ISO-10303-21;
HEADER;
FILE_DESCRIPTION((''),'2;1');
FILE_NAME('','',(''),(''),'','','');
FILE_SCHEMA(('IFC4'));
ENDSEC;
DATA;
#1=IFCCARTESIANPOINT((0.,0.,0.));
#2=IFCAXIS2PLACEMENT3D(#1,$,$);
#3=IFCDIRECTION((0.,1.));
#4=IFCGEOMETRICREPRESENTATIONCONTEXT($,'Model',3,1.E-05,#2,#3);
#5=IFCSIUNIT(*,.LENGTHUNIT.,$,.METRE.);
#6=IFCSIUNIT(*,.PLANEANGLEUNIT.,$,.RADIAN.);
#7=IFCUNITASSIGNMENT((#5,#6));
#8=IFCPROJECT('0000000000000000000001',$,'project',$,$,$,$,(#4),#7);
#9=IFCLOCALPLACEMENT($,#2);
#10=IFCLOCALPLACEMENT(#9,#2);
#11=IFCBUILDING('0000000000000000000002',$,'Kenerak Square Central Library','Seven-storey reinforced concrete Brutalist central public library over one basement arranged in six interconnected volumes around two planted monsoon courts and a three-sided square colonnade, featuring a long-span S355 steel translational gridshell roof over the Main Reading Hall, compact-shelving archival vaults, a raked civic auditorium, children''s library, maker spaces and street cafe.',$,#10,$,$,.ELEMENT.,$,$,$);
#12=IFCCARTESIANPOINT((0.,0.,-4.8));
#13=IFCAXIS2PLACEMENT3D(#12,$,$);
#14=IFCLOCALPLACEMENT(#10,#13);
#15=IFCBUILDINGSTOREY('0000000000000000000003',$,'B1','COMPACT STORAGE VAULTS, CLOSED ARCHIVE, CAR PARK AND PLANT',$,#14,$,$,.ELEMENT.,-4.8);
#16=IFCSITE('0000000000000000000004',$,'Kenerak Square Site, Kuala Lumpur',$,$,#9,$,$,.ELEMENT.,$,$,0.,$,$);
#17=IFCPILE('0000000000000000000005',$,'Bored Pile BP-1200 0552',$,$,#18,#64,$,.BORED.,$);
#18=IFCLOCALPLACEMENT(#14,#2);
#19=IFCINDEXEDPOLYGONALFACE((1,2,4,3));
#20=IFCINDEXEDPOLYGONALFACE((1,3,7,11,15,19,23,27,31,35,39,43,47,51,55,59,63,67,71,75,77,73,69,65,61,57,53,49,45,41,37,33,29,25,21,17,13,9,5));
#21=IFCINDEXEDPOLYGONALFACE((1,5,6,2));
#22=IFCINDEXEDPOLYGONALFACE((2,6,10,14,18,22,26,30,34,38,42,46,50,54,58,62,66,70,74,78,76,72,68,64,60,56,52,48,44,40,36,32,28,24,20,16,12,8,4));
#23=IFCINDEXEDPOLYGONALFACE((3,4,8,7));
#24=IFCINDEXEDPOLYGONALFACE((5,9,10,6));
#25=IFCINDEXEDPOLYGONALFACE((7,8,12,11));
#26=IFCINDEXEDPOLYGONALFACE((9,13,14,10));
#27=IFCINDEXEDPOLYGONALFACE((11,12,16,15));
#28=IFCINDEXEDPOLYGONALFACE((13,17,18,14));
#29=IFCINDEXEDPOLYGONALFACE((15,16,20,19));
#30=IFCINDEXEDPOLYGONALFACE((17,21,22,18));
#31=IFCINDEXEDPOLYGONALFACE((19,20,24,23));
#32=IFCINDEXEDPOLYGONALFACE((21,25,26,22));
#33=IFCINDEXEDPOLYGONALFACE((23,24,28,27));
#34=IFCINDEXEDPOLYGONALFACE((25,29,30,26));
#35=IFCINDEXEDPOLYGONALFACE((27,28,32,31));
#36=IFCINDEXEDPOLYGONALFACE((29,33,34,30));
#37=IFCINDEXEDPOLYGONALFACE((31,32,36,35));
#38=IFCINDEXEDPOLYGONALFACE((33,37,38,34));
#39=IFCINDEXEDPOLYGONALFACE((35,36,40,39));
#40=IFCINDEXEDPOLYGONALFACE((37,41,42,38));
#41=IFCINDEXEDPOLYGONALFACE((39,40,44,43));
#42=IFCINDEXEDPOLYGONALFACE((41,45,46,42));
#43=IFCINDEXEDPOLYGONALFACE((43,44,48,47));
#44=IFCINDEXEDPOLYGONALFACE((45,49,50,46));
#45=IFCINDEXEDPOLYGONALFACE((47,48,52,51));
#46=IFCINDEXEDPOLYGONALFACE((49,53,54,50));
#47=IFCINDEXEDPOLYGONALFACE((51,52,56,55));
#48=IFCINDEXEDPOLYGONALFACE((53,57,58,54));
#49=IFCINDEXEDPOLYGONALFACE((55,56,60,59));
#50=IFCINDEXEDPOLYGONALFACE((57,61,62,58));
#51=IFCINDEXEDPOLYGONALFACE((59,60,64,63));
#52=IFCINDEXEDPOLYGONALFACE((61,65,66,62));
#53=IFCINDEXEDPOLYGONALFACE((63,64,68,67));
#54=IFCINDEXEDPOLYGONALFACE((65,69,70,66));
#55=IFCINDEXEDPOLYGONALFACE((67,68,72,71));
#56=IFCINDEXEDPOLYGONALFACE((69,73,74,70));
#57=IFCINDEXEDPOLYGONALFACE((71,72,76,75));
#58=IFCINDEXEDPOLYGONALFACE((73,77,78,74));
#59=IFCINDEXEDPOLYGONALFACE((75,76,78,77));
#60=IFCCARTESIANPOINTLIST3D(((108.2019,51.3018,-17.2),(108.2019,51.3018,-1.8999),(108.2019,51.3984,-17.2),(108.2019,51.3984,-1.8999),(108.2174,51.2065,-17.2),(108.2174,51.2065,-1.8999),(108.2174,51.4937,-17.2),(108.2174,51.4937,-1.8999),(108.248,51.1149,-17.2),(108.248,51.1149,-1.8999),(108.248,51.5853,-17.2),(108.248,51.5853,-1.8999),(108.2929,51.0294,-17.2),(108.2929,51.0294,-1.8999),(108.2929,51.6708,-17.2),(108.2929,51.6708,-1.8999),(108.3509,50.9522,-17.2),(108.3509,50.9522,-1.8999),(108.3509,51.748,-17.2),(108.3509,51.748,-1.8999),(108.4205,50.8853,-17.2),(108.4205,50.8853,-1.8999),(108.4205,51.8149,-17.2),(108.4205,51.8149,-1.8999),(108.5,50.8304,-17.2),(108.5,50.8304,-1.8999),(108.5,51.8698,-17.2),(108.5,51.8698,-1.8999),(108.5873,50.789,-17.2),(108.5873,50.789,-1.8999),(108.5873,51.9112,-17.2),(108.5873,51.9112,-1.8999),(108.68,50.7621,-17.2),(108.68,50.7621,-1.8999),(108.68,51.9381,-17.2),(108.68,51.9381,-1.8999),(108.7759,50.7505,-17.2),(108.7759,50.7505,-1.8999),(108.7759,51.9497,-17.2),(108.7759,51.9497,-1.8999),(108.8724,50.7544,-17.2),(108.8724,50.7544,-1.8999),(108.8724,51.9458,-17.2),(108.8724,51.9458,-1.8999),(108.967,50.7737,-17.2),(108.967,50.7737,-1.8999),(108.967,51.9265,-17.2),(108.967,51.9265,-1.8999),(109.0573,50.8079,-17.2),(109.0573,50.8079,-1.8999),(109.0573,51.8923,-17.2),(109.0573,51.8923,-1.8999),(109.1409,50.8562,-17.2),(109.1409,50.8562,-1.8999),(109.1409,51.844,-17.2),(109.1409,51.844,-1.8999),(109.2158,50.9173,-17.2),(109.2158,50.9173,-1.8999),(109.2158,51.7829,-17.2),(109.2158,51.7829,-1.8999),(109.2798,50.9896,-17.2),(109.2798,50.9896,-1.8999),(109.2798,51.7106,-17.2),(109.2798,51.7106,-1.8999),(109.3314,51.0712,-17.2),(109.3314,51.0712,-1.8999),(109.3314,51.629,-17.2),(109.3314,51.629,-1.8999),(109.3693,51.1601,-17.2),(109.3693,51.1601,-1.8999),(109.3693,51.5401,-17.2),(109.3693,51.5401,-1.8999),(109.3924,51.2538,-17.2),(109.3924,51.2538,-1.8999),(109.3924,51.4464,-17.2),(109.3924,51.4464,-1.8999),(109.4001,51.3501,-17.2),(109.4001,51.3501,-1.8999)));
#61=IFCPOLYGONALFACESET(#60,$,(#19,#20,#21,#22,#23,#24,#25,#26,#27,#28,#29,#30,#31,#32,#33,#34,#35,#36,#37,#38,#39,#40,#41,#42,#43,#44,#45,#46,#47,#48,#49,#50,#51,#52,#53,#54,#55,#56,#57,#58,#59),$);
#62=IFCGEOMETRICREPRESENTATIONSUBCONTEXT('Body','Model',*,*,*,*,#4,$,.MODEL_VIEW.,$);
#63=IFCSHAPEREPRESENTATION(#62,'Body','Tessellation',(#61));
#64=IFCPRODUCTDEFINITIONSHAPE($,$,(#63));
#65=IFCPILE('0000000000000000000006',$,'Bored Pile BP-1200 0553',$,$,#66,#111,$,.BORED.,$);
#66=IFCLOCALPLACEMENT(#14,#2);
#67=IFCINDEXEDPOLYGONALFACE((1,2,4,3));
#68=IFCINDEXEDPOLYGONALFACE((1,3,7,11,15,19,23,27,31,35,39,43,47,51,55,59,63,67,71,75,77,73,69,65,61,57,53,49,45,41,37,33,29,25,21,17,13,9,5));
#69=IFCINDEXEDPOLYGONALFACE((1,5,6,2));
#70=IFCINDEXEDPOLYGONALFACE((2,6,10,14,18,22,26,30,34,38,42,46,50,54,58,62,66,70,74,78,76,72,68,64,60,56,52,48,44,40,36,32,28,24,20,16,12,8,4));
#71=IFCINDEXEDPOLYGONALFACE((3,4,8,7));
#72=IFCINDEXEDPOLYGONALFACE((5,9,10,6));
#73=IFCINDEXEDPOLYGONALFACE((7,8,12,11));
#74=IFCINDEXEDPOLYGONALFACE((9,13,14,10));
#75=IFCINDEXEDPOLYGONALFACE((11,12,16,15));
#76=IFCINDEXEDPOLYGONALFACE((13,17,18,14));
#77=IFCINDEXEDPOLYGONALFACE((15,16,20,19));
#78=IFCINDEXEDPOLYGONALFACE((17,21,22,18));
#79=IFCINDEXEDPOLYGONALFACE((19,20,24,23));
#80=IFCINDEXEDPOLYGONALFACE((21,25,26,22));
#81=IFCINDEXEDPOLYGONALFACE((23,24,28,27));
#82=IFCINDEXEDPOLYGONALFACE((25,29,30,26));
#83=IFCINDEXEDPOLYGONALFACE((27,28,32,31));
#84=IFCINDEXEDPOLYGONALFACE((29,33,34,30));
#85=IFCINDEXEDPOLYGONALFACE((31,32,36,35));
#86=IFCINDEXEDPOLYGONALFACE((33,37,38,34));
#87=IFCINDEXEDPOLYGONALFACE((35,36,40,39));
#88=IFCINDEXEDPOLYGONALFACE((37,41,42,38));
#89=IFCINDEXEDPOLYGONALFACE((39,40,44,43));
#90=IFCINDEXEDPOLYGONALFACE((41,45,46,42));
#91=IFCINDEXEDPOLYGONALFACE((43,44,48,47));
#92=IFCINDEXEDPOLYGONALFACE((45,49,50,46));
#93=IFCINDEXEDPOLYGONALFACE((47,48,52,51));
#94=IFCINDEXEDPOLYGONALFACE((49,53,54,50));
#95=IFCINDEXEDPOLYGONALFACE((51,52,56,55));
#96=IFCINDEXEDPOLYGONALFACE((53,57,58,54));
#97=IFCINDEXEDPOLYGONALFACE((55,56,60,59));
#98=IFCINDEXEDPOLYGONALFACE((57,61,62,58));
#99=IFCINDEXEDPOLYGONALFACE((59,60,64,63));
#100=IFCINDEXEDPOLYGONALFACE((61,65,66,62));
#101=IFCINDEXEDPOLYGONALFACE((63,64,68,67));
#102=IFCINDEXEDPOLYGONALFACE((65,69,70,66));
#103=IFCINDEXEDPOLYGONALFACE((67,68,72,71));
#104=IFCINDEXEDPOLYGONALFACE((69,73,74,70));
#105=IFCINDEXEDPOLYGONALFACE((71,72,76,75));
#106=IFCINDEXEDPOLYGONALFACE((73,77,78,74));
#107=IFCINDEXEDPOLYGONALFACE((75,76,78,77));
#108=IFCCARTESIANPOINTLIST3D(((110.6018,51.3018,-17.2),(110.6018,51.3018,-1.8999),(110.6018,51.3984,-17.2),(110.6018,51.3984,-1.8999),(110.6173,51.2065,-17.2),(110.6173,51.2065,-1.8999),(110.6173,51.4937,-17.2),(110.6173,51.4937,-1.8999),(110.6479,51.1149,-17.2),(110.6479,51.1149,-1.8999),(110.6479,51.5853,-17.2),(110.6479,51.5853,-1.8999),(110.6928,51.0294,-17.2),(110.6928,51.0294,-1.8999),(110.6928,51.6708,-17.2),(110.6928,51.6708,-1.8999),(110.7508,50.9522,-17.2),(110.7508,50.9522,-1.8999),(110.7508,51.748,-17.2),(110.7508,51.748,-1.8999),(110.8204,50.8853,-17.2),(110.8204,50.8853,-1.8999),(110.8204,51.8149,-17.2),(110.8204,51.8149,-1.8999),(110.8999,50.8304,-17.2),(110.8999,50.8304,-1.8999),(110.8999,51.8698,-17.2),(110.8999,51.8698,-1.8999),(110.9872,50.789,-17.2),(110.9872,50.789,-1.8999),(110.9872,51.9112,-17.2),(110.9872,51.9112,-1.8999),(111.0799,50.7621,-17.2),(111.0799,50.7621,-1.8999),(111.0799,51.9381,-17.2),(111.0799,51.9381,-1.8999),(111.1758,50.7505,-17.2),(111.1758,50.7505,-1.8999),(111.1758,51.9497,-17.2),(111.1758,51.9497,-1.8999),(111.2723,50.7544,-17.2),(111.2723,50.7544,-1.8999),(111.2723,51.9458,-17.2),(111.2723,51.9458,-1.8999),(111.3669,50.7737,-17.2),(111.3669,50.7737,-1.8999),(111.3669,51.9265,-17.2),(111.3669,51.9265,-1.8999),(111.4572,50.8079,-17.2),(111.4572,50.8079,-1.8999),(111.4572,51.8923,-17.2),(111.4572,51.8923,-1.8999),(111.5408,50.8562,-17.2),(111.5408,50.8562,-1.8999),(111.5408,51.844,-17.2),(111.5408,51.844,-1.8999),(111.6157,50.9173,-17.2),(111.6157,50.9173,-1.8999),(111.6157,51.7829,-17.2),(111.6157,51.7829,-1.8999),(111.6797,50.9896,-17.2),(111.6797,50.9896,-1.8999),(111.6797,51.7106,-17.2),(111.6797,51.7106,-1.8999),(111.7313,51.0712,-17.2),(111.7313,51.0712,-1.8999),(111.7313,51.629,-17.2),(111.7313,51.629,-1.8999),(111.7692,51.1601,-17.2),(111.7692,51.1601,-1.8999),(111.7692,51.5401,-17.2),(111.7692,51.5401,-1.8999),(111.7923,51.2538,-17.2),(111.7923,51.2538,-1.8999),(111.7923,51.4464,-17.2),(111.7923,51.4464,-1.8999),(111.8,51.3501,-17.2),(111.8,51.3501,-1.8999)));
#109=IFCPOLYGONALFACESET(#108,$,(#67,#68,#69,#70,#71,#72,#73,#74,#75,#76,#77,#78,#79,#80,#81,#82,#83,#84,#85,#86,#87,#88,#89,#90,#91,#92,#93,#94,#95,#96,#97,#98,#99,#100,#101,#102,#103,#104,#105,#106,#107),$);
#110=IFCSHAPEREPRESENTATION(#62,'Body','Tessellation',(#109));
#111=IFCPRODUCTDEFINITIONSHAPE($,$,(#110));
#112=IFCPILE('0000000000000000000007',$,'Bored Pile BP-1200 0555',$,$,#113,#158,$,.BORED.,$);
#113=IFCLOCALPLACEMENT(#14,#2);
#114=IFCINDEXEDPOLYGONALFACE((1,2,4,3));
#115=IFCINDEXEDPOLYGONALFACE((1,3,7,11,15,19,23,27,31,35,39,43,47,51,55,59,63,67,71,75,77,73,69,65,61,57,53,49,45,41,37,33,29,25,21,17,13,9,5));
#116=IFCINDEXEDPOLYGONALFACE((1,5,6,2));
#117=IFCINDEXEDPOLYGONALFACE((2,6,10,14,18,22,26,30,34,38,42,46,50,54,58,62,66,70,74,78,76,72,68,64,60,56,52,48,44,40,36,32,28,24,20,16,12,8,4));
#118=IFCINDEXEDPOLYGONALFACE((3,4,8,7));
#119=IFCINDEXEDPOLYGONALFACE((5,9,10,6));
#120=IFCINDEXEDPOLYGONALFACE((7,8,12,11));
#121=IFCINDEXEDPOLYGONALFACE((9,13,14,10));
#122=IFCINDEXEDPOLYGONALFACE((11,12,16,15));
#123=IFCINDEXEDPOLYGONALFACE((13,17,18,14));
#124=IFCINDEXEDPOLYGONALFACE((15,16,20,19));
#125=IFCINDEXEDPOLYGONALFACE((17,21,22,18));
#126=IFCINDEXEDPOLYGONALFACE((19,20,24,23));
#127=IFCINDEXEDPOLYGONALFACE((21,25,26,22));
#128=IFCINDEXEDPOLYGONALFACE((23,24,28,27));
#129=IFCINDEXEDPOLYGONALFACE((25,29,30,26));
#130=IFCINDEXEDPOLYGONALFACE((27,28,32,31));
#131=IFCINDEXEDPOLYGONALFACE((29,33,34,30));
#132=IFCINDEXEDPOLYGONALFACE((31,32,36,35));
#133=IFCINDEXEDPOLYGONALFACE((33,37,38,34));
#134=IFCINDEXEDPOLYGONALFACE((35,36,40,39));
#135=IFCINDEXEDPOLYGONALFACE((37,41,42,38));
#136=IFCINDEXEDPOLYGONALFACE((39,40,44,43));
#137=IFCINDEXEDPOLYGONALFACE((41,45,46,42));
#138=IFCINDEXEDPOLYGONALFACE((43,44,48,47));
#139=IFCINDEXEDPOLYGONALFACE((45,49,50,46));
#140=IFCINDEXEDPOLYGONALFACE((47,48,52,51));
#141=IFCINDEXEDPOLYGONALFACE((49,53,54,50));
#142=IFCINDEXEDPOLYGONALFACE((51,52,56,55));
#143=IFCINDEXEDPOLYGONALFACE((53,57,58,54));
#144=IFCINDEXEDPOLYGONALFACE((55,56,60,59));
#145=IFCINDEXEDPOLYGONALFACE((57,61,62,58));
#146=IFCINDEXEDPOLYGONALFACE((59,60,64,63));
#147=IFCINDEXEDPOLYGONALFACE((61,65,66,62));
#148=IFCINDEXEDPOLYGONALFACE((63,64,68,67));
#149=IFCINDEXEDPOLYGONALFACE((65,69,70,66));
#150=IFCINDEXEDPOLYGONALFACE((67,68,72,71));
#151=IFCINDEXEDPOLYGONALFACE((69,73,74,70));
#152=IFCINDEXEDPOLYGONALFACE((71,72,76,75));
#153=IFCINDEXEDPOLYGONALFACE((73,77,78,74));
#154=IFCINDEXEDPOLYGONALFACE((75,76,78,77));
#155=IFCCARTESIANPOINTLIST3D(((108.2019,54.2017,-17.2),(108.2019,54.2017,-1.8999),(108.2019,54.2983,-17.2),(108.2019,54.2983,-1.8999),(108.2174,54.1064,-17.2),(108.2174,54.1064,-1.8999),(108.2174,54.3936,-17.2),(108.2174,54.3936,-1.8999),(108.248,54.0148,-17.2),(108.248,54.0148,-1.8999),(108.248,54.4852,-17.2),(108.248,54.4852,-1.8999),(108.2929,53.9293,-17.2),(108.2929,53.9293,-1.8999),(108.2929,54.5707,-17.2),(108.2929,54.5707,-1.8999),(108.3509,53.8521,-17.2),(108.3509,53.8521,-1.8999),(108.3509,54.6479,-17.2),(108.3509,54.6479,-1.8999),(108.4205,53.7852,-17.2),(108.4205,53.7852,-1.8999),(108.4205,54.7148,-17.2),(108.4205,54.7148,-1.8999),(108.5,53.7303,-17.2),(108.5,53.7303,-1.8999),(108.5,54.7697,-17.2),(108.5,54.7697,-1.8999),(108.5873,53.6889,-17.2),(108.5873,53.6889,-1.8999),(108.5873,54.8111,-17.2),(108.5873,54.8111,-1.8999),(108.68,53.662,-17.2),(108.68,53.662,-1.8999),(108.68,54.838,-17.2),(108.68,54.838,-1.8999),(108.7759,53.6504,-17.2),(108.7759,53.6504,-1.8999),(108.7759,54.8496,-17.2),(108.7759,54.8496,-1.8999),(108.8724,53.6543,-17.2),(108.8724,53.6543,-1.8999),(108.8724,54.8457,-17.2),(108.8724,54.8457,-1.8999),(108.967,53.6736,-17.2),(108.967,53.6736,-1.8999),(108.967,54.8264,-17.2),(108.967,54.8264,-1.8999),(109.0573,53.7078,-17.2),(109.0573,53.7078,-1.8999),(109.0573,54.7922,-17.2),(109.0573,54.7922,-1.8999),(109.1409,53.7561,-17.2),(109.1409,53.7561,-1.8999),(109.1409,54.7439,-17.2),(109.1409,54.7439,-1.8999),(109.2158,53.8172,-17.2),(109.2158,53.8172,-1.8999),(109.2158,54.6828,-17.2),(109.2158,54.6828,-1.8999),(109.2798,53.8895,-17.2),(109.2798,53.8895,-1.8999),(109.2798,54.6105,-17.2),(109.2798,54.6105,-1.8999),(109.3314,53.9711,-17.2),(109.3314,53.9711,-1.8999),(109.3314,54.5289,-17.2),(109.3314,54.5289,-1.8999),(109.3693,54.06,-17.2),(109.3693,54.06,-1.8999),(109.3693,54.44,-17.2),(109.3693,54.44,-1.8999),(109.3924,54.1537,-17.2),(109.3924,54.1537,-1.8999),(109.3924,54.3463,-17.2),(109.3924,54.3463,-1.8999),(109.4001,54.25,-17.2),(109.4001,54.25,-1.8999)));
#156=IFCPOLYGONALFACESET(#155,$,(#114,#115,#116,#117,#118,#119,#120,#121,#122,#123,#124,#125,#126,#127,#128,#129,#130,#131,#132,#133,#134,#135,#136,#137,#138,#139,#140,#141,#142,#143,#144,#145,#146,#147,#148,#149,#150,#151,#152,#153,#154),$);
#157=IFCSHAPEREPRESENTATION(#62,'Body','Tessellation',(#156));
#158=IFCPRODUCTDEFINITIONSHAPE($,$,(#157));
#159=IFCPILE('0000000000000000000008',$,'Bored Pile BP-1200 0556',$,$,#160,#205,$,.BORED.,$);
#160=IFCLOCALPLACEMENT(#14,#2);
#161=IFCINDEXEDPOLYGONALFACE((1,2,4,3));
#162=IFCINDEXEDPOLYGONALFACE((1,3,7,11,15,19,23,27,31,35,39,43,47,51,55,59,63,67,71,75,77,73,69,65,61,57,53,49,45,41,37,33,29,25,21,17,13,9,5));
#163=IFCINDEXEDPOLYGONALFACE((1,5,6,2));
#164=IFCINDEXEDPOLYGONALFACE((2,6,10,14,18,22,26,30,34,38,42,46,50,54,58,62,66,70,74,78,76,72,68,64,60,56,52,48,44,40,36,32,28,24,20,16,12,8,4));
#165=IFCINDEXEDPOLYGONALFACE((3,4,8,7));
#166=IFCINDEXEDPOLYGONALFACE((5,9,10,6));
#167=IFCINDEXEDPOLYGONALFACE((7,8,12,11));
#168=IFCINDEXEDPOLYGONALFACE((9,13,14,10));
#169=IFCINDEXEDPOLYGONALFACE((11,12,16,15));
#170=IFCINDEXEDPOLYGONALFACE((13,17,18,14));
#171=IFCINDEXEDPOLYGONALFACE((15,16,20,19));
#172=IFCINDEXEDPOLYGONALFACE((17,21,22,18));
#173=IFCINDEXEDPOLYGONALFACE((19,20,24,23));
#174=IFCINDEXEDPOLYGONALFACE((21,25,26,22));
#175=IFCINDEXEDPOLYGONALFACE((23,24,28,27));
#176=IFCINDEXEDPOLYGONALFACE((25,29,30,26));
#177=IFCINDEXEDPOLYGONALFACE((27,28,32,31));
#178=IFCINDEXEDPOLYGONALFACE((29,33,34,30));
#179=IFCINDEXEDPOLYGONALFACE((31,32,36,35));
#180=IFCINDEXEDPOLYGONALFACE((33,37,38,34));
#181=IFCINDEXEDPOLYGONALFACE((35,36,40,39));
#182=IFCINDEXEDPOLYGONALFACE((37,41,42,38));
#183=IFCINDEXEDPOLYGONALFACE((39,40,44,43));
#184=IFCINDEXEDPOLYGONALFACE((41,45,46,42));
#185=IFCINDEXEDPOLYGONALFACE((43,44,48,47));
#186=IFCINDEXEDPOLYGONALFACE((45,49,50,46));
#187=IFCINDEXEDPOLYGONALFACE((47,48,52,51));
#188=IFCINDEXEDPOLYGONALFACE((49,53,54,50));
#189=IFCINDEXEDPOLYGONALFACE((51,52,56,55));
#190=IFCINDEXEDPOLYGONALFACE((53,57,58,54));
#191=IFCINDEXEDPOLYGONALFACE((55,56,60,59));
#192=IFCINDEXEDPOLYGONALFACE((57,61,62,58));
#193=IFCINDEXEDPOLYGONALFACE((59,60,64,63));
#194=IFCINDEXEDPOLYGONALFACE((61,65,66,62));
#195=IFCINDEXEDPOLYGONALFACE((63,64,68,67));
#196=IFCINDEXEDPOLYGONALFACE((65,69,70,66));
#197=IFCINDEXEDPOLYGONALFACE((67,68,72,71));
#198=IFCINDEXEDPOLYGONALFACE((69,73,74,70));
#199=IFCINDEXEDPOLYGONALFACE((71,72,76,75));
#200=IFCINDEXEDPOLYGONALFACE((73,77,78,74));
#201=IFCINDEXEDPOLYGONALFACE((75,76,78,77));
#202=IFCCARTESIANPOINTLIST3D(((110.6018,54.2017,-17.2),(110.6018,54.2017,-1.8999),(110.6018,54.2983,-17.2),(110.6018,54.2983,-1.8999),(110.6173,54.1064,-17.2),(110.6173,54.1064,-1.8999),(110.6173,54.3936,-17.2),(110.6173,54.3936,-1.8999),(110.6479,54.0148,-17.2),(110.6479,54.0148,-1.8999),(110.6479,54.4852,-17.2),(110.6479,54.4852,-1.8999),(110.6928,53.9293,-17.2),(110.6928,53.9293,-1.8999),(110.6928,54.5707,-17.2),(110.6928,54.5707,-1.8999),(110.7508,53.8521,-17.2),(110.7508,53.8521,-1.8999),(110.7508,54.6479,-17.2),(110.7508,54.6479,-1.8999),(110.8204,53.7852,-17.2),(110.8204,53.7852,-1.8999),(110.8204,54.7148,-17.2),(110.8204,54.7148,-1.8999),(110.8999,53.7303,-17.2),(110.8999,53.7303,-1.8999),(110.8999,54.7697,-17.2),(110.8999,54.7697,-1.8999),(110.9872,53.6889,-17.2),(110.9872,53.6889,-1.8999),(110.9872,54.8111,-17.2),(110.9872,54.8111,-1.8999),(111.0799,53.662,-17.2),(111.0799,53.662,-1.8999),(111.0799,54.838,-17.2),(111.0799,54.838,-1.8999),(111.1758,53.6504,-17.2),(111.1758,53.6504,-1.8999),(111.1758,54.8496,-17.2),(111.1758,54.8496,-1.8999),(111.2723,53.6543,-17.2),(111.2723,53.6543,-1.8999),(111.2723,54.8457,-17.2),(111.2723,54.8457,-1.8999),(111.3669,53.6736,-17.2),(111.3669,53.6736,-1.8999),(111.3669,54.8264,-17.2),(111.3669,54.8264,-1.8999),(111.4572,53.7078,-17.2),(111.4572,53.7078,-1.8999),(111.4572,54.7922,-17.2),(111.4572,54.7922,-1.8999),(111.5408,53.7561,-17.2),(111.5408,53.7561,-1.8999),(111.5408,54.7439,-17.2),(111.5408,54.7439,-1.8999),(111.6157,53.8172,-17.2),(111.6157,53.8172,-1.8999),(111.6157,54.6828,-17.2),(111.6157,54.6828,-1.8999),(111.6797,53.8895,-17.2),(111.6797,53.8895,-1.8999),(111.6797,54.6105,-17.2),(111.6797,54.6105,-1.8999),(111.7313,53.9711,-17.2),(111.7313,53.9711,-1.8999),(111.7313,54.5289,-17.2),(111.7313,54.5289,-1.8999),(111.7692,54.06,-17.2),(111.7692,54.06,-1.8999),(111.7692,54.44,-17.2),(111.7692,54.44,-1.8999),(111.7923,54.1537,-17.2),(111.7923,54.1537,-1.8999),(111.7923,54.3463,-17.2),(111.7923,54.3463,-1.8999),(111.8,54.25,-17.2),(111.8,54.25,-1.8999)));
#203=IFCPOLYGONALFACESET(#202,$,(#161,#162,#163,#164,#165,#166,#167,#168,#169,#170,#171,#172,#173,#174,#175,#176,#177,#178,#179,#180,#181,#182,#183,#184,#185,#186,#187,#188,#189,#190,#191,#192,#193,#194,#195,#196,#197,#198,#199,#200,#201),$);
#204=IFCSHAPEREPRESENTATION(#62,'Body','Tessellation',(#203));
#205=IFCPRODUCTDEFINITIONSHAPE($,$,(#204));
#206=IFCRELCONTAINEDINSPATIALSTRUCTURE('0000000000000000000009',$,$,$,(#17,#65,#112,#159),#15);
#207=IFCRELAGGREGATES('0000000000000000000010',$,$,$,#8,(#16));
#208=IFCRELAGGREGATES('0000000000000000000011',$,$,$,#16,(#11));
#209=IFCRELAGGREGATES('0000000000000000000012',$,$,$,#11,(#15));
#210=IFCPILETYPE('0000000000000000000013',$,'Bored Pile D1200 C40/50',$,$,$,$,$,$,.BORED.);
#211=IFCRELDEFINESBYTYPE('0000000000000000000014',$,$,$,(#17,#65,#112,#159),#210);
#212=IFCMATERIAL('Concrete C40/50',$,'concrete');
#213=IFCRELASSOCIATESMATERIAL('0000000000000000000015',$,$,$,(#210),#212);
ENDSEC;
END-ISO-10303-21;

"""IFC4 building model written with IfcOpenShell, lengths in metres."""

from ifc_helpers import new_model, si_unit, direction, frame, origin, origin_2d, place, context, subcontext, project, spatial, circle, extrude, material, material_profile, profile_set, type_object, element, save


model = new_model("IFC4")

# Units and contexts
model_context = context("Model", 3, precision=1e-05, world=origin(), true_north=direction((0.0, 1.0)))
body_context = subcontext(model_context, "Body", "Model", "MODEL_VIEW")
ifc_project = project(units=[si_unit("LENGTHUNIT", "METRE"), si_unit("PLANEANGLEUNIT", "RADIAN")], contexts=[model_context])

# Site, building, storey
site_placement = place(None, origin())
site = spatial("IfcSite", under=ifc_project, at=site_placement, Name="Kenerak Square Site, Kuala Lumpur", CompositionType="ELEMENT", RefElevation=0.0)
building_placement = place(site_placement, origin())
building = spatial("IfcBuilding", under=site, at=building_placement, Name="Kenerak Square Central Library", Description="Seven-storey reinforced concrete Brutalist central public library over one basement arranged in six interconnected volumes around two planted monsoon courts and a three-sided square colonnade, featuring a long-span S355 steel translational gridshell roof over the Main Reading Hall, compact-shelving archival vaults, a raked civic auditorium, children's library, maker spaces and street cafe.", CompositionType="ELEMENT")
storey_placement = place(building_placement, frame((0.0, 0.0, -4.8)))
storey = spatial("IfcBuildingStorey", under=building, at=storey_placement, Name="B1", Description="COMPACT STORAGE VAULTS, CLOSED ARCHIVE, CAR PARK AND PLANT", CompositionType="ELEMENT", Elevation=-4.8)

# Piles
ifc_material_1 = material(Name="Concrete C40/50", Category="concrete")
ifc_material_profile_1 = material_profile(ifc_material_1, circle(Radius=0.6001, at=origin_2d()), Name="BP D1200")
ifc_profile_set_1 = profile_set([ifc_material_profile_1], Name="Concrete C40/50")
pile_type_1 = type_object("IfcPileType", Name="Bored Pile D1200 C40/50", PredefinedType="BORED", material=ifc_profile_set_1)
for number, where, z_axis, x_axis, name in (
    (1, (108.8, 51.3501, -1.8999), (0.0, 0.0, -1.0), (1.0, 0.0, 0.0), "Bored Pile BP-1200 0552"),
    (2, (111.2, 51.3501, -1.8999), (0.0, 0.0, -1.0), (1.0, 0.0, 0.0), "Bored Pile BP-1200 0553"),
    (3, (108.8, 54.25, -1.8999), (0.0, 0.0, -1.0), (1.0, 0.0, 0.0), "Bored Pile BP-1200 0555"),
    (4, (111.2, 54.25, -1.8999), (0.0, 0.0, -1.0), (1.0, 0.0, 0.0), "Bored Pile BP-1200 0556"),
):
    element("IfcPile", number, at=place(storey_placement, frame(where, z_axis=z_axis, x_axis=x_axis)), inside=storey, type_object=pile_type_1, Name=name, PredefinedType="BORED", context=body_context, shape_type="SweptSolid", body=[
        extrude(circle(Radius=0.6001, at=origin_2d()), origin(), (0.0, 0.0, 1.0), 15.3),
    ])

save(model, "model.ifc")
